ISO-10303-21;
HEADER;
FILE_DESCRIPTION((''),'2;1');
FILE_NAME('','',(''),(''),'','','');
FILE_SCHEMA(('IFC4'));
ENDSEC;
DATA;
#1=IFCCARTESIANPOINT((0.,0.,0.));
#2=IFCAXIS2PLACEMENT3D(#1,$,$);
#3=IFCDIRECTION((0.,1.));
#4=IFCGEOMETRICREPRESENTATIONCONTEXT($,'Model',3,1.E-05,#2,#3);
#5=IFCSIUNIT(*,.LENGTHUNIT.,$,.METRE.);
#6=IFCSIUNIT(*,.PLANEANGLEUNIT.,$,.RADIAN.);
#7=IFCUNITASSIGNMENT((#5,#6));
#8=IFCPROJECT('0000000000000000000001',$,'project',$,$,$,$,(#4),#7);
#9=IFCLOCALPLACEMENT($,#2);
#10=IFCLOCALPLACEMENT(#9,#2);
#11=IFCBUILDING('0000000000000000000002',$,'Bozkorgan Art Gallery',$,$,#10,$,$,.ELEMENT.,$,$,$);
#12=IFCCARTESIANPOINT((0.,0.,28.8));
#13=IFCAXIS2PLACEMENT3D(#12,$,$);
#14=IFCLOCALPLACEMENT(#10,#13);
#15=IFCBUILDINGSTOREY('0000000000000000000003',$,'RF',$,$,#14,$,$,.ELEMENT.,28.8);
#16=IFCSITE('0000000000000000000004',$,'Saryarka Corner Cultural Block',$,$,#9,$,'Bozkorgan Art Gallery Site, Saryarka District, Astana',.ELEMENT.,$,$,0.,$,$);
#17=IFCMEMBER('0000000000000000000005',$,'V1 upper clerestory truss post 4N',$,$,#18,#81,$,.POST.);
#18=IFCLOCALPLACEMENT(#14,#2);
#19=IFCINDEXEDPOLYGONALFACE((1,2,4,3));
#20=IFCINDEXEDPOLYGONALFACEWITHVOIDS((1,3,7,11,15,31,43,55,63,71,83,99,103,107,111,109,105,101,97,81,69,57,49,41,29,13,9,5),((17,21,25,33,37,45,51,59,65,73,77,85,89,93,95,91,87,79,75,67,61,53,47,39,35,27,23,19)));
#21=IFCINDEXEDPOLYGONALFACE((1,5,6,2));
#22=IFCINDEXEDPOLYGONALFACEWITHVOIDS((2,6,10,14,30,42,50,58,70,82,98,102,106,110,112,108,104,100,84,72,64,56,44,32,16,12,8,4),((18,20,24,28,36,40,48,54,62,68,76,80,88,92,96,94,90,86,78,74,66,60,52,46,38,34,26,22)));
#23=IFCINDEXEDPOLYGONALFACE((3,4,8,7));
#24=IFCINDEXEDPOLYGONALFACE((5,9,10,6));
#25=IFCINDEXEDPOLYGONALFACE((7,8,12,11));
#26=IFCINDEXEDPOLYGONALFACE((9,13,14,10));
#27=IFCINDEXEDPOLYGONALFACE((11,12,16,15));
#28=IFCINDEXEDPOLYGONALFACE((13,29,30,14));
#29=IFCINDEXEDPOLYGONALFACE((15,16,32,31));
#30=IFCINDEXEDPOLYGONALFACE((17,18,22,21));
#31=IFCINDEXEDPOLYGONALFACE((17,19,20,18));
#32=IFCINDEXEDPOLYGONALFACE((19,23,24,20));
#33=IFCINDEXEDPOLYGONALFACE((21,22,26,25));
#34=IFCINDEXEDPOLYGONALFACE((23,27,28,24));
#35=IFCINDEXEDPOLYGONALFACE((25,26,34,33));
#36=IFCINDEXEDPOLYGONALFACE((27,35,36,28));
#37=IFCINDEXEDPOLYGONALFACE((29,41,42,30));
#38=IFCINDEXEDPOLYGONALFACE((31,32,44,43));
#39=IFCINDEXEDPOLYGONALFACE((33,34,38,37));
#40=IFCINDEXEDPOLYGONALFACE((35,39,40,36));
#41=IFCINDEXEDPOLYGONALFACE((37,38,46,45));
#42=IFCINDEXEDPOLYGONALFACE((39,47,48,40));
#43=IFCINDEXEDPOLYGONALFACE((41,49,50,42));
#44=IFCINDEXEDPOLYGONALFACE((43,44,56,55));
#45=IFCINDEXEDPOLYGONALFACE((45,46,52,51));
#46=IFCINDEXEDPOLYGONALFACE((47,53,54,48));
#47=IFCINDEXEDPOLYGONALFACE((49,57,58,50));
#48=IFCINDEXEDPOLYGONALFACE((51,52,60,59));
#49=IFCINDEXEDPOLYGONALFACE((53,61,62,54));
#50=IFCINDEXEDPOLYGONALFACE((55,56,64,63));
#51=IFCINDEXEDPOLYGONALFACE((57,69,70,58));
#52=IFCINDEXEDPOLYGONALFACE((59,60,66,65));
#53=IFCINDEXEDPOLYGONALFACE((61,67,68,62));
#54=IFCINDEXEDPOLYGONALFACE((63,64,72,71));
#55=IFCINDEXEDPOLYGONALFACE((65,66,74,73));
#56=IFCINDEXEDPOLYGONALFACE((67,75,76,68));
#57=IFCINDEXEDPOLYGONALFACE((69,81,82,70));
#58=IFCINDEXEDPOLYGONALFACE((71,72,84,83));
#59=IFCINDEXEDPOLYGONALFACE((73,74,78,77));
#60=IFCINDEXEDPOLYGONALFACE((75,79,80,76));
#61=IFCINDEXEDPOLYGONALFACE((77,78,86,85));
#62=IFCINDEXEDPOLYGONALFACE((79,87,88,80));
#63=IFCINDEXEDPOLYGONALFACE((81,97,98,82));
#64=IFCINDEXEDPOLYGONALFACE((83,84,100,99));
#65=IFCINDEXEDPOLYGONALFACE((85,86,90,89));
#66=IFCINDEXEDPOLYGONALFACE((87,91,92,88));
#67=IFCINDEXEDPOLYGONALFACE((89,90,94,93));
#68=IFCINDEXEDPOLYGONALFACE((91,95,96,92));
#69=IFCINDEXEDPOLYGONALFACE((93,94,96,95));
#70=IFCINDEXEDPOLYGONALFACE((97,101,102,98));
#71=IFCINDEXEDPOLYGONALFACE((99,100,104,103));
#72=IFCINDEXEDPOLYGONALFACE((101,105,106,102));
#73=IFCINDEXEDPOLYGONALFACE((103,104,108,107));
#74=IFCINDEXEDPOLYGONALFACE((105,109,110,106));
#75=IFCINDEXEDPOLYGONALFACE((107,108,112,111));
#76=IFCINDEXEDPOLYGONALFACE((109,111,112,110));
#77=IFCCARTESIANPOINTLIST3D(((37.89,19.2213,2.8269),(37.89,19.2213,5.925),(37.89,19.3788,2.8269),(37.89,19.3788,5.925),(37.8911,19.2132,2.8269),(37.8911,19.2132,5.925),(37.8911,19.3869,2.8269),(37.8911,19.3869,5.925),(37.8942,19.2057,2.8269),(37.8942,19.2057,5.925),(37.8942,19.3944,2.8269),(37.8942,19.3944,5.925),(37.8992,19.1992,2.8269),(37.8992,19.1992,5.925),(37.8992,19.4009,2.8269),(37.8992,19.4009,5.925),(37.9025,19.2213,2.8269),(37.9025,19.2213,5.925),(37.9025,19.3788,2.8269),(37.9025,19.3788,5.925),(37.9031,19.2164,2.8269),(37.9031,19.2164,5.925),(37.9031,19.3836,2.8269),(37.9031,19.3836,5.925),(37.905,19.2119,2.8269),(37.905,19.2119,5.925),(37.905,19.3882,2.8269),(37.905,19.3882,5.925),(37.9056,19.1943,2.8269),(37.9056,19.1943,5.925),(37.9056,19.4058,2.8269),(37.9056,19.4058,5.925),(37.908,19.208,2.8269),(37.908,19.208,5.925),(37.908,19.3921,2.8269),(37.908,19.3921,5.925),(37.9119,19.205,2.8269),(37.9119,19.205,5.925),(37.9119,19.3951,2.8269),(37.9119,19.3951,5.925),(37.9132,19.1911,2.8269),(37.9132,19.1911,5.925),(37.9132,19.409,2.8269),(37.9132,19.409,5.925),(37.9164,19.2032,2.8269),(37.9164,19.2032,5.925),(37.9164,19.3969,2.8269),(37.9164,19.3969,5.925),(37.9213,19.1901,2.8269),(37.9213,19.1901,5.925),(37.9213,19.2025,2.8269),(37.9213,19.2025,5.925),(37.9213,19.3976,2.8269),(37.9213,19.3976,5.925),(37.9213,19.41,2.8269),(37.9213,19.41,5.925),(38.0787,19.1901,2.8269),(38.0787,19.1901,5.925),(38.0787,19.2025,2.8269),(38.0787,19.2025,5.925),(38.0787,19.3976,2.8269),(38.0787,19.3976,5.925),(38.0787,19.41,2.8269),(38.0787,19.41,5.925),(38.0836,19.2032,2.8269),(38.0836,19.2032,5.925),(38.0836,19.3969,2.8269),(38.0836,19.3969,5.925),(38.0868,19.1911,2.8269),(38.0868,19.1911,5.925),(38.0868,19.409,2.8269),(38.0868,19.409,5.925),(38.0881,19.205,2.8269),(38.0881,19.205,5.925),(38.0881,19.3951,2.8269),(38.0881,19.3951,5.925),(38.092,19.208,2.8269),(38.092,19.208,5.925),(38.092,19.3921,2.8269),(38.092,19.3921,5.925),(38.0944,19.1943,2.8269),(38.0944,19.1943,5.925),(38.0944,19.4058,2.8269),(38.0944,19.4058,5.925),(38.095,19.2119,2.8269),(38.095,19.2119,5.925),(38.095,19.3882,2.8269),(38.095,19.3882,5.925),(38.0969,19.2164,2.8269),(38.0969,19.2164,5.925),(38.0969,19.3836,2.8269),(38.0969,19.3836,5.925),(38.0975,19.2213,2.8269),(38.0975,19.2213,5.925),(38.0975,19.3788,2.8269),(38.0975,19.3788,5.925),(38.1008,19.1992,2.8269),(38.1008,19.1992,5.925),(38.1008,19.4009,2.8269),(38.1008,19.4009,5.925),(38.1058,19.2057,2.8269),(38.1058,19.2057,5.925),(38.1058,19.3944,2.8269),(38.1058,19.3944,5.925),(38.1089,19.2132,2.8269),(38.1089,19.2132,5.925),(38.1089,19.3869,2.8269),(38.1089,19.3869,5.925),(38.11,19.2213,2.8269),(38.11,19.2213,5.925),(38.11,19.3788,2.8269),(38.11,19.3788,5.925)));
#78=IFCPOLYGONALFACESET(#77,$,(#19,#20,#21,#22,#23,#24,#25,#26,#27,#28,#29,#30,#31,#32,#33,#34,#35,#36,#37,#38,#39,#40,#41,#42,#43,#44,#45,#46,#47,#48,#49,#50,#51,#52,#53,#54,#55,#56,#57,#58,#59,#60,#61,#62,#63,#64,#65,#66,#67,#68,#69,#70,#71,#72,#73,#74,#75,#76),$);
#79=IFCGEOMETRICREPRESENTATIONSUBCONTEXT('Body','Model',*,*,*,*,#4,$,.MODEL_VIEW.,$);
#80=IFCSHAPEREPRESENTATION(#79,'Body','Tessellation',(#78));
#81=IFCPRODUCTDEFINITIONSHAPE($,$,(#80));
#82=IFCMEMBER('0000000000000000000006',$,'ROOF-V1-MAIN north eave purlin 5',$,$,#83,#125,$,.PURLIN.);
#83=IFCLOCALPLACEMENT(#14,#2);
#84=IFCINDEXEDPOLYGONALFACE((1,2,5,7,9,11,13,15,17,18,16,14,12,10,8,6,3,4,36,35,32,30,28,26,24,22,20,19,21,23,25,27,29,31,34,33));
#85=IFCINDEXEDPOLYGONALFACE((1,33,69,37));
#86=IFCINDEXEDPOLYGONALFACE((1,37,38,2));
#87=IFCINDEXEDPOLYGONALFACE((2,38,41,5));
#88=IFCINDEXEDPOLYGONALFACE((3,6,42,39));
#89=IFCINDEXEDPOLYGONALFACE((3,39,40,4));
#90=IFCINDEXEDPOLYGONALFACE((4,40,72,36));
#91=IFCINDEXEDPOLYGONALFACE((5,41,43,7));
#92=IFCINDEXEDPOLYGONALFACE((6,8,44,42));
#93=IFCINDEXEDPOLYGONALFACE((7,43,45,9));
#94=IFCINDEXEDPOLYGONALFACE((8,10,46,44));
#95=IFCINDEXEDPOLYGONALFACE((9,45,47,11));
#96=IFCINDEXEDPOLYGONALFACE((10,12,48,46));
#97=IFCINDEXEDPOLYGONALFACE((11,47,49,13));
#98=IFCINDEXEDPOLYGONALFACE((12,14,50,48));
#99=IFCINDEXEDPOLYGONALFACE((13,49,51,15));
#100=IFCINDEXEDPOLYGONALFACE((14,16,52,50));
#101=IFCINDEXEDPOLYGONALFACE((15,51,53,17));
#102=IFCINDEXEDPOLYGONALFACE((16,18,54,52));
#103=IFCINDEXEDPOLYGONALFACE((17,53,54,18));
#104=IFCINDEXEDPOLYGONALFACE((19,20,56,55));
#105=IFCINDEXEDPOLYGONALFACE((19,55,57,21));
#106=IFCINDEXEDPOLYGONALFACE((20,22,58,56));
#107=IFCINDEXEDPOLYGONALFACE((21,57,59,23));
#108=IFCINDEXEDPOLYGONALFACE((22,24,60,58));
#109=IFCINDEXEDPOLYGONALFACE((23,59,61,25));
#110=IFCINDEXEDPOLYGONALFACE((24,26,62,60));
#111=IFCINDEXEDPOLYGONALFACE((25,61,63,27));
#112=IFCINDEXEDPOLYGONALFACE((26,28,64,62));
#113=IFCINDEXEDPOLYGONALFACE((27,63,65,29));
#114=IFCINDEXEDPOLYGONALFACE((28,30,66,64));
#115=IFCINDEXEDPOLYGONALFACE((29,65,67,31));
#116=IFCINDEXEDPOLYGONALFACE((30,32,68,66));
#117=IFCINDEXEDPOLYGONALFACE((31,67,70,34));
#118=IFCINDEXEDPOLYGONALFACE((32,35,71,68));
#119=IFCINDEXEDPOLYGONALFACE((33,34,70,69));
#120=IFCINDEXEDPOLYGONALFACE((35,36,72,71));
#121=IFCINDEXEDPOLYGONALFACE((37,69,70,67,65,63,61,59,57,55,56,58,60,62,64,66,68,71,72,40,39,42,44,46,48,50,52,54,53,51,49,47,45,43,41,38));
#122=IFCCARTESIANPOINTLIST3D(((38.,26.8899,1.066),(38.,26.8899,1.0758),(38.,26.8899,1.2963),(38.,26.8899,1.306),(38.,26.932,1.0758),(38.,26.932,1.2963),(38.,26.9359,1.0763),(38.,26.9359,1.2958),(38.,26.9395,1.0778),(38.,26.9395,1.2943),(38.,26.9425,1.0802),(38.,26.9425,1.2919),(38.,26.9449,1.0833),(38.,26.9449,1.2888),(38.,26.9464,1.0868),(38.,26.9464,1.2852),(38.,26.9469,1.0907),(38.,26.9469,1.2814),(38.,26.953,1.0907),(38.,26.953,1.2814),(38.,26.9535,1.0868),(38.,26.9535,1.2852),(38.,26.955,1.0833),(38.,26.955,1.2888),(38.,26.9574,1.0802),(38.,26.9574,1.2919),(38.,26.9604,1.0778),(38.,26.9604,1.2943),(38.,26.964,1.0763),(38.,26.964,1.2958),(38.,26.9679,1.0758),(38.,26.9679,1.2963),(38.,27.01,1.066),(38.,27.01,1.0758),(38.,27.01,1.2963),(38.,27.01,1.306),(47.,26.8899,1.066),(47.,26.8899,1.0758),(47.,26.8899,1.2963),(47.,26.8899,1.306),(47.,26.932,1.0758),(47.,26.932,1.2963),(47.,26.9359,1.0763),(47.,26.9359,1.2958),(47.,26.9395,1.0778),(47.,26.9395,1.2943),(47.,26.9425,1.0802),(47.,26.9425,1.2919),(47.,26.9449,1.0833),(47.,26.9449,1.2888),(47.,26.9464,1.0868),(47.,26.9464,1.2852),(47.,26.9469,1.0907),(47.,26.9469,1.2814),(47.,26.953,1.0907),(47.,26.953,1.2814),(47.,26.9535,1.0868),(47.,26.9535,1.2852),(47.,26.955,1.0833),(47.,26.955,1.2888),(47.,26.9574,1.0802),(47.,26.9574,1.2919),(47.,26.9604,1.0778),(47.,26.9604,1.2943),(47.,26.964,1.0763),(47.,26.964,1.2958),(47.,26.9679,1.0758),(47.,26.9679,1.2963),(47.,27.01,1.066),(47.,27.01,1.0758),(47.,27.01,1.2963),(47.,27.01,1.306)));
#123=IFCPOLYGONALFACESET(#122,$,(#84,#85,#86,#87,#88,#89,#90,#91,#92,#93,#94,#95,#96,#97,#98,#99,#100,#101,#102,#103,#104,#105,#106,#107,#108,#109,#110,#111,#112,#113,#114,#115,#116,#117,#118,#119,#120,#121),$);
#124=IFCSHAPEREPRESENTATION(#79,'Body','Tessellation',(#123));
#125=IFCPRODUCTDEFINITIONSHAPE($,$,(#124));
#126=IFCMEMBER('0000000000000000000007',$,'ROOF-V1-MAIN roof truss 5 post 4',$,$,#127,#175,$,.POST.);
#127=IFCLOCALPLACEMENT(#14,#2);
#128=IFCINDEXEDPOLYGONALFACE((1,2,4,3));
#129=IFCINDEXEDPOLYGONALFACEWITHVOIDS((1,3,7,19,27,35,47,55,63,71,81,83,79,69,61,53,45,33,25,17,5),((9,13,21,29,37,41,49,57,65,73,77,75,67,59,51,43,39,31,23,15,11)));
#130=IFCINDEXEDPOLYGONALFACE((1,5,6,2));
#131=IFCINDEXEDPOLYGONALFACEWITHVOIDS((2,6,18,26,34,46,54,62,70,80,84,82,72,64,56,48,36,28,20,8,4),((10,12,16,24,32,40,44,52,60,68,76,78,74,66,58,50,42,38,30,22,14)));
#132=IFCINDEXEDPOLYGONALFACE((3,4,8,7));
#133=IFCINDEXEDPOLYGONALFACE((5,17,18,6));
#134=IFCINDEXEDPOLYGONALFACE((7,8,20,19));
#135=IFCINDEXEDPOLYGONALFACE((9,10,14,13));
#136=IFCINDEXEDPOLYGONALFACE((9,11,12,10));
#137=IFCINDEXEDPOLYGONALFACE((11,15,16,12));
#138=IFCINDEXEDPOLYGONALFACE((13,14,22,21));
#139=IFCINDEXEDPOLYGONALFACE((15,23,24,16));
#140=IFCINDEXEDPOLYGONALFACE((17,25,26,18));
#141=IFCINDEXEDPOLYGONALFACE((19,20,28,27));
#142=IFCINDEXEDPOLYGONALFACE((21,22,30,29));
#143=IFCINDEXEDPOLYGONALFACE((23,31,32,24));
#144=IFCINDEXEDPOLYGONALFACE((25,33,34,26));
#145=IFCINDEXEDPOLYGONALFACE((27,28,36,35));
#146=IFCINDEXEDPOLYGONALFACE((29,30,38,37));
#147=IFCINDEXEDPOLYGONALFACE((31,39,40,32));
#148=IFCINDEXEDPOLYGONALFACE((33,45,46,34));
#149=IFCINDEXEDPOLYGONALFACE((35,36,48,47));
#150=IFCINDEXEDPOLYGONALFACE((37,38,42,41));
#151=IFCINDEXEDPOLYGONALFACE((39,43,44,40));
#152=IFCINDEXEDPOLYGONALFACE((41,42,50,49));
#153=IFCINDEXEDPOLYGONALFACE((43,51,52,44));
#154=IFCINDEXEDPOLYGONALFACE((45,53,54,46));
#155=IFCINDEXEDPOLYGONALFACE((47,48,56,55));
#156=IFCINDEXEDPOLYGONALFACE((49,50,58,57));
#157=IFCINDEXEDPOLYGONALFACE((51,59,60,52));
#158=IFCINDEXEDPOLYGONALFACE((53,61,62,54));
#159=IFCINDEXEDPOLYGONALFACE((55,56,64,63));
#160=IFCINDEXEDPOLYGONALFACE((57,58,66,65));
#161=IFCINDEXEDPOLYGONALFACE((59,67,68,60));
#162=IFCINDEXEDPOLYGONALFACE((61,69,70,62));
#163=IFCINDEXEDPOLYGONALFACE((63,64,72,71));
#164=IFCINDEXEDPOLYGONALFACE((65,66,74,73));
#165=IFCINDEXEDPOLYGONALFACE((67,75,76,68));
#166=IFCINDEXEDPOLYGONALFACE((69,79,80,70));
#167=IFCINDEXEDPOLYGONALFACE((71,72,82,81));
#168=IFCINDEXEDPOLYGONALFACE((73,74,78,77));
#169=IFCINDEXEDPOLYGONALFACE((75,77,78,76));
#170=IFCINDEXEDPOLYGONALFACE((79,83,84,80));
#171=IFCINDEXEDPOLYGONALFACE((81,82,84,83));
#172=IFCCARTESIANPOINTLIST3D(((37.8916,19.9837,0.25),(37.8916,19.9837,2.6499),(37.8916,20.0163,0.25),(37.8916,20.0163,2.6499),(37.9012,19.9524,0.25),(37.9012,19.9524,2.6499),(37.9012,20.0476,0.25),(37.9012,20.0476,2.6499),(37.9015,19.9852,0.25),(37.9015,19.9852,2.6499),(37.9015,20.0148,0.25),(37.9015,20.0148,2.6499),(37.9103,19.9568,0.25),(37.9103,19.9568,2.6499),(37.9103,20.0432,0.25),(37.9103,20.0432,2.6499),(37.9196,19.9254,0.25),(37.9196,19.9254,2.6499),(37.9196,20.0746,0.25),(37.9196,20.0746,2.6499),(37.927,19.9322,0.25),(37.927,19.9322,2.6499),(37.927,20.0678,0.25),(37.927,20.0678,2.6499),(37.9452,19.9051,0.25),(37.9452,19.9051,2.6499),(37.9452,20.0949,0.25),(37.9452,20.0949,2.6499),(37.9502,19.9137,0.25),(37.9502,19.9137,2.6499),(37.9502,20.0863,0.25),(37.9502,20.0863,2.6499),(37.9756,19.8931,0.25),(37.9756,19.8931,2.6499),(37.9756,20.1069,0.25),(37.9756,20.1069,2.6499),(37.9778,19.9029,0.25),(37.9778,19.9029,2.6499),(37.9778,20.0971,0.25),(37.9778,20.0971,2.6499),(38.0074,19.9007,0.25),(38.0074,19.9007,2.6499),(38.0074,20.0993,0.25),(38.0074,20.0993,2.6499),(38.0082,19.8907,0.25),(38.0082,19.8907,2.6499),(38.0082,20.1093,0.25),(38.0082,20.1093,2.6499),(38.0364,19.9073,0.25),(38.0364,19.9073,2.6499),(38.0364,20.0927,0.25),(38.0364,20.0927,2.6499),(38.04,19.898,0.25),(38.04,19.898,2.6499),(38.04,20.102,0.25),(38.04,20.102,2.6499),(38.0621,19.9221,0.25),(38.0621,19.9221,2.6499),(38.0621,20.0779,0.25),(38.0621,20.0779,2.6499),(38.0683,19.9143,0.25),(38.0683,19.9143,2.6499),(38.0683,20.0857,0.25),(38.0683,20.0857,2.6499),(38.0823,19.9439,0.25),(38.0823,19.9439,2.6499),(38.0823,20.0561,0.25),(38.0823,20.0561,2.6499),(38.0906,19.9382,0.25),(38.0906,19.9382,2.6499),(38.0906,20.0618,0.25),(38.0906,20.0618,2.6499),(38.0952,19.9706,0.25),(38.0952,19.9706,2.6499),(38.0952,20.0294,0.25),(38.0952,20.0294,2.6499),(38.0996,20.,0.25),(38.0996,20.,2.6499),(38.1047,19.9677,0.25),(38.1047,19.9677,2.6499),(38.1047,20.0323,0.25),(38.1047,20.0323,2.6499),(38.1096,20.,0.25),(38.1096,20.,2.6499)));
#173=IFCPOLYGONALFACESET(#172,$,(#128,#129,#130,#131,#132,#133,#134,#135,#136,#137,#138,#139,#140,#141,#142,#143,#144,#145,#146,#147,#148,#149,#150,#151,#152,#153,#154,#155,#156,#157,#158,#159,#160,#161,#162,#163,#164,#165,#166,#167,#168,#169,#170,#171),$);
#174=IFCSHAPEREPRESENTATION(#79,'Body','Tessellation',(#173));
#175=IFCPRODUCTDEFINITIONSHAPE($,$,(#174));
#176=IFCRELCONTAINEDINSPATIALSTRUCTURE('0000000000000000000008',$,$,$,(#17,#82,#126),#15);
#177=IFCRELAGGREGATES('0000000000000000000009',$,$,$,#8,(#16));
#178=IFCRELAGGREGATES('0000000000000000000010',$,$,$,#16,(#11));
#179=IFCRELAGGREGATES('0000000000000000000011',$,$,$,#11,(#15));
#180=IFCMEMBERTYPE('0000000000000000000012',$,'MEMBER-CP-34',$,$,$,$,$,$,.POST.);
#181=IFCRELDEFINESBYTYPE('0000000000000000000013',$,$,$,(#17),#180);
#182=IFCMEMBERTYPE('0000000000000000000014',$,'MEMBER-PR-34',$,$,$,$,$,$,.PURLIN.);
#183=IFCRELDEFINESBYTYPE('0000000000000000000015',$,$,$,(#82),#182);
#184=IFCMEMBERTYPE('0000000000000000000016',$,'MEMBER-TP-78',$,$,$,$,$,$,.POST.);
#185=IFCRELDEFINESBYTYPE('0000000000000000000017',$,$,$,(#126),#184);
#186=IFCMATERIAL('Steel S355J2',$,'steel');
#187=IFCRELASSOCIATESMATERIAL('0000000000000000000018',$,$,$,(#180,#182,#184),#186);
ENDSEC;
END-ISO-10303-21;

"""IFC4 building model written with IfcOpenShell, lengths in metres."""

from ifc_helpers import new_model, si_unit, direction, frame, origin, origin_2d, place, context, subcontext, project, spatial, hollow_rectangle, hollow_circle, i_section, extrude, material, material_profile, profile_set, type_object, element, save


model = new_model("IFC4")

# Units and contexts
model_context = context("Model", 3, precision=1e-05, world=origin(), true_north=direction((0.0, 1.0)))
body_context = subcontext(model_context, "Body", "Model", "MODEL_VIEW")
ifc_project = project(units=[si_unit("LENGTHUNIT", "METRE"), si_unit("PLANEANGLEUNIT", "RADIAN")], contexts=[model_context])

# Site, building, storey
site_placement = place(None, origin())
site = spatial("IfcSite", under=ifc_project, at=site_placement, Name="Saryarka Corner Cultural Block", LongName="Bozkorgan Art Gallery Site, Saryarka District, Astana", CompositionType="ELEMENT", RefElevation=0.0)
building_placement = place(site_placement, origin())
building = spatial("IfcBuilding", under=site, at=building_placement, Name="Bozkorgan Art Gallery", CompositionType="ELEMENT")
storey_placement = place(building_placement, frame((0.0, 0.0, 28.8)))
storey = spatial("IfcBuildingStorey", under=building, at=storey_placement, Name="RF", CompositionType="ELEMENT", Elevation=28.8)

# Shared definitions
ifc_material_1 = material(Name="Steel S355J2", Category="steel")

# Members
ifc_material_profile_1 = material_profile(ifc_material_1, hollow_rectangle(XDim=0.22, YDim=0.22, WallThickness=0.0125, InnerFilletRadius=0.0188, OuterFilletRadius=0.0312, at=origin_2d()), Name="SHS 220x220x12.5")
ifc_profile_set_1 = profile_set([ifc_material_profile_1], Name="Steel S355J2")
member_type_1 = type_object("IfcMemberType", Name="MEMBER-CP-34", PredefinedType="POST", material=ifc_profile_set_1)
member_1_placement = place(storey_placement, frame((38.0, 19.3, 2.8269), z_axis=(0.0, 0.0, 1.0), x_axis=(1.0, 0.0, 0.0)))
element("IfcMember", 1, at=member_1_placement, inside=storey, type_object=member_type_1, Name="V1 upper clerestory truss post 4N", PredefinedType="POST", context=body_context, shape_type="SweptSolid", body=[
    extrude(hollow_rectangle(XDim=0.22, YDim=0.22, WallThickness=0.0125, InnerFilletRadius=0.0188, OuterFilletRadius=0.0312, at=origin_2d()), origin(), (0.0, 0.0, 1.0), 3.0981),
])
ifc_material_profile_2 = material_profile(ifc_material_1, i_section(OverallWidth=0.1201, OverallDepth=0.24, WebThickness=0.0061, FlangeThickness=0.0098, FilletRadius=0.0149, at=origin_2d()), Name="IPE 240")
ifc_profile_set_2 = profile_set([ifc_material_profile_2], Name="Steel S355J2")
member_type_2 = type_object("IfcMemberType", Name="MEMBER-PR-34", PredefinedType="PURLIN", material=ifc_profile_set_2)
member_2_placement = place(storey_placement, frame((38.0, 26.95, 1.186), z_axis=(1.0, 0.0, 0.0), x_axis=(0.0, 1.0, 0.0)))
element("IfcMember", 2, at=member_2_placement, inside=storey, type_object=member_type_2, Name="ROOF-V1-MAIN north eave purlin 5", PredefinedType="PURLIN", context=body_context, shape_type="SweptSolid", body=[
    extrude(i_section(OverallWidth=0.1201, OverallDepth=0.24, WebThickness=0.0061, FlangeThickness=0.0098, FilletRadius=0.0149, at=origin_2d()), origin(), (0.0, 0.0, 1.0), 9.0),
])
ifc_material_profile_3 = material_profile(ifc_material_1, hollow_circle(Radius=0.1096, WallThickness=0.01, at=origin_2d()), Name="CHS 219.1x10")
ifc_profile_set_3 = profile_set([ifc_material_profile_3], Name="Steel S355J2")
member_type_3 = type_object("IfcMemberType", Name="MEMBER-TP-78", PredefinedType="POST", material=ifc_profile_set_3)
member_3_placement = place(storey_placement, frame((38.0, 20.0, 0.25), z_axis=(0.0, 0.0, 1.0), x_axis=(1.0, 0.0, 0.0)))
element("IfcMember", 3, at=member_3_placement, inside=storey, type_object=member_type_3, Name="ROOF-V1-MAIN roof truss 5 post 4", PredefinedType="POST", context=body_context, shape_type="SweptSolid", body=[
    extrude(hollow_circle(Radius=0.1096, WallThickness=0.01, at=origin_2d()), origin(), (0.0, 0.0, 1.0), 2.3999),
])

save(model, "model.ifc")
